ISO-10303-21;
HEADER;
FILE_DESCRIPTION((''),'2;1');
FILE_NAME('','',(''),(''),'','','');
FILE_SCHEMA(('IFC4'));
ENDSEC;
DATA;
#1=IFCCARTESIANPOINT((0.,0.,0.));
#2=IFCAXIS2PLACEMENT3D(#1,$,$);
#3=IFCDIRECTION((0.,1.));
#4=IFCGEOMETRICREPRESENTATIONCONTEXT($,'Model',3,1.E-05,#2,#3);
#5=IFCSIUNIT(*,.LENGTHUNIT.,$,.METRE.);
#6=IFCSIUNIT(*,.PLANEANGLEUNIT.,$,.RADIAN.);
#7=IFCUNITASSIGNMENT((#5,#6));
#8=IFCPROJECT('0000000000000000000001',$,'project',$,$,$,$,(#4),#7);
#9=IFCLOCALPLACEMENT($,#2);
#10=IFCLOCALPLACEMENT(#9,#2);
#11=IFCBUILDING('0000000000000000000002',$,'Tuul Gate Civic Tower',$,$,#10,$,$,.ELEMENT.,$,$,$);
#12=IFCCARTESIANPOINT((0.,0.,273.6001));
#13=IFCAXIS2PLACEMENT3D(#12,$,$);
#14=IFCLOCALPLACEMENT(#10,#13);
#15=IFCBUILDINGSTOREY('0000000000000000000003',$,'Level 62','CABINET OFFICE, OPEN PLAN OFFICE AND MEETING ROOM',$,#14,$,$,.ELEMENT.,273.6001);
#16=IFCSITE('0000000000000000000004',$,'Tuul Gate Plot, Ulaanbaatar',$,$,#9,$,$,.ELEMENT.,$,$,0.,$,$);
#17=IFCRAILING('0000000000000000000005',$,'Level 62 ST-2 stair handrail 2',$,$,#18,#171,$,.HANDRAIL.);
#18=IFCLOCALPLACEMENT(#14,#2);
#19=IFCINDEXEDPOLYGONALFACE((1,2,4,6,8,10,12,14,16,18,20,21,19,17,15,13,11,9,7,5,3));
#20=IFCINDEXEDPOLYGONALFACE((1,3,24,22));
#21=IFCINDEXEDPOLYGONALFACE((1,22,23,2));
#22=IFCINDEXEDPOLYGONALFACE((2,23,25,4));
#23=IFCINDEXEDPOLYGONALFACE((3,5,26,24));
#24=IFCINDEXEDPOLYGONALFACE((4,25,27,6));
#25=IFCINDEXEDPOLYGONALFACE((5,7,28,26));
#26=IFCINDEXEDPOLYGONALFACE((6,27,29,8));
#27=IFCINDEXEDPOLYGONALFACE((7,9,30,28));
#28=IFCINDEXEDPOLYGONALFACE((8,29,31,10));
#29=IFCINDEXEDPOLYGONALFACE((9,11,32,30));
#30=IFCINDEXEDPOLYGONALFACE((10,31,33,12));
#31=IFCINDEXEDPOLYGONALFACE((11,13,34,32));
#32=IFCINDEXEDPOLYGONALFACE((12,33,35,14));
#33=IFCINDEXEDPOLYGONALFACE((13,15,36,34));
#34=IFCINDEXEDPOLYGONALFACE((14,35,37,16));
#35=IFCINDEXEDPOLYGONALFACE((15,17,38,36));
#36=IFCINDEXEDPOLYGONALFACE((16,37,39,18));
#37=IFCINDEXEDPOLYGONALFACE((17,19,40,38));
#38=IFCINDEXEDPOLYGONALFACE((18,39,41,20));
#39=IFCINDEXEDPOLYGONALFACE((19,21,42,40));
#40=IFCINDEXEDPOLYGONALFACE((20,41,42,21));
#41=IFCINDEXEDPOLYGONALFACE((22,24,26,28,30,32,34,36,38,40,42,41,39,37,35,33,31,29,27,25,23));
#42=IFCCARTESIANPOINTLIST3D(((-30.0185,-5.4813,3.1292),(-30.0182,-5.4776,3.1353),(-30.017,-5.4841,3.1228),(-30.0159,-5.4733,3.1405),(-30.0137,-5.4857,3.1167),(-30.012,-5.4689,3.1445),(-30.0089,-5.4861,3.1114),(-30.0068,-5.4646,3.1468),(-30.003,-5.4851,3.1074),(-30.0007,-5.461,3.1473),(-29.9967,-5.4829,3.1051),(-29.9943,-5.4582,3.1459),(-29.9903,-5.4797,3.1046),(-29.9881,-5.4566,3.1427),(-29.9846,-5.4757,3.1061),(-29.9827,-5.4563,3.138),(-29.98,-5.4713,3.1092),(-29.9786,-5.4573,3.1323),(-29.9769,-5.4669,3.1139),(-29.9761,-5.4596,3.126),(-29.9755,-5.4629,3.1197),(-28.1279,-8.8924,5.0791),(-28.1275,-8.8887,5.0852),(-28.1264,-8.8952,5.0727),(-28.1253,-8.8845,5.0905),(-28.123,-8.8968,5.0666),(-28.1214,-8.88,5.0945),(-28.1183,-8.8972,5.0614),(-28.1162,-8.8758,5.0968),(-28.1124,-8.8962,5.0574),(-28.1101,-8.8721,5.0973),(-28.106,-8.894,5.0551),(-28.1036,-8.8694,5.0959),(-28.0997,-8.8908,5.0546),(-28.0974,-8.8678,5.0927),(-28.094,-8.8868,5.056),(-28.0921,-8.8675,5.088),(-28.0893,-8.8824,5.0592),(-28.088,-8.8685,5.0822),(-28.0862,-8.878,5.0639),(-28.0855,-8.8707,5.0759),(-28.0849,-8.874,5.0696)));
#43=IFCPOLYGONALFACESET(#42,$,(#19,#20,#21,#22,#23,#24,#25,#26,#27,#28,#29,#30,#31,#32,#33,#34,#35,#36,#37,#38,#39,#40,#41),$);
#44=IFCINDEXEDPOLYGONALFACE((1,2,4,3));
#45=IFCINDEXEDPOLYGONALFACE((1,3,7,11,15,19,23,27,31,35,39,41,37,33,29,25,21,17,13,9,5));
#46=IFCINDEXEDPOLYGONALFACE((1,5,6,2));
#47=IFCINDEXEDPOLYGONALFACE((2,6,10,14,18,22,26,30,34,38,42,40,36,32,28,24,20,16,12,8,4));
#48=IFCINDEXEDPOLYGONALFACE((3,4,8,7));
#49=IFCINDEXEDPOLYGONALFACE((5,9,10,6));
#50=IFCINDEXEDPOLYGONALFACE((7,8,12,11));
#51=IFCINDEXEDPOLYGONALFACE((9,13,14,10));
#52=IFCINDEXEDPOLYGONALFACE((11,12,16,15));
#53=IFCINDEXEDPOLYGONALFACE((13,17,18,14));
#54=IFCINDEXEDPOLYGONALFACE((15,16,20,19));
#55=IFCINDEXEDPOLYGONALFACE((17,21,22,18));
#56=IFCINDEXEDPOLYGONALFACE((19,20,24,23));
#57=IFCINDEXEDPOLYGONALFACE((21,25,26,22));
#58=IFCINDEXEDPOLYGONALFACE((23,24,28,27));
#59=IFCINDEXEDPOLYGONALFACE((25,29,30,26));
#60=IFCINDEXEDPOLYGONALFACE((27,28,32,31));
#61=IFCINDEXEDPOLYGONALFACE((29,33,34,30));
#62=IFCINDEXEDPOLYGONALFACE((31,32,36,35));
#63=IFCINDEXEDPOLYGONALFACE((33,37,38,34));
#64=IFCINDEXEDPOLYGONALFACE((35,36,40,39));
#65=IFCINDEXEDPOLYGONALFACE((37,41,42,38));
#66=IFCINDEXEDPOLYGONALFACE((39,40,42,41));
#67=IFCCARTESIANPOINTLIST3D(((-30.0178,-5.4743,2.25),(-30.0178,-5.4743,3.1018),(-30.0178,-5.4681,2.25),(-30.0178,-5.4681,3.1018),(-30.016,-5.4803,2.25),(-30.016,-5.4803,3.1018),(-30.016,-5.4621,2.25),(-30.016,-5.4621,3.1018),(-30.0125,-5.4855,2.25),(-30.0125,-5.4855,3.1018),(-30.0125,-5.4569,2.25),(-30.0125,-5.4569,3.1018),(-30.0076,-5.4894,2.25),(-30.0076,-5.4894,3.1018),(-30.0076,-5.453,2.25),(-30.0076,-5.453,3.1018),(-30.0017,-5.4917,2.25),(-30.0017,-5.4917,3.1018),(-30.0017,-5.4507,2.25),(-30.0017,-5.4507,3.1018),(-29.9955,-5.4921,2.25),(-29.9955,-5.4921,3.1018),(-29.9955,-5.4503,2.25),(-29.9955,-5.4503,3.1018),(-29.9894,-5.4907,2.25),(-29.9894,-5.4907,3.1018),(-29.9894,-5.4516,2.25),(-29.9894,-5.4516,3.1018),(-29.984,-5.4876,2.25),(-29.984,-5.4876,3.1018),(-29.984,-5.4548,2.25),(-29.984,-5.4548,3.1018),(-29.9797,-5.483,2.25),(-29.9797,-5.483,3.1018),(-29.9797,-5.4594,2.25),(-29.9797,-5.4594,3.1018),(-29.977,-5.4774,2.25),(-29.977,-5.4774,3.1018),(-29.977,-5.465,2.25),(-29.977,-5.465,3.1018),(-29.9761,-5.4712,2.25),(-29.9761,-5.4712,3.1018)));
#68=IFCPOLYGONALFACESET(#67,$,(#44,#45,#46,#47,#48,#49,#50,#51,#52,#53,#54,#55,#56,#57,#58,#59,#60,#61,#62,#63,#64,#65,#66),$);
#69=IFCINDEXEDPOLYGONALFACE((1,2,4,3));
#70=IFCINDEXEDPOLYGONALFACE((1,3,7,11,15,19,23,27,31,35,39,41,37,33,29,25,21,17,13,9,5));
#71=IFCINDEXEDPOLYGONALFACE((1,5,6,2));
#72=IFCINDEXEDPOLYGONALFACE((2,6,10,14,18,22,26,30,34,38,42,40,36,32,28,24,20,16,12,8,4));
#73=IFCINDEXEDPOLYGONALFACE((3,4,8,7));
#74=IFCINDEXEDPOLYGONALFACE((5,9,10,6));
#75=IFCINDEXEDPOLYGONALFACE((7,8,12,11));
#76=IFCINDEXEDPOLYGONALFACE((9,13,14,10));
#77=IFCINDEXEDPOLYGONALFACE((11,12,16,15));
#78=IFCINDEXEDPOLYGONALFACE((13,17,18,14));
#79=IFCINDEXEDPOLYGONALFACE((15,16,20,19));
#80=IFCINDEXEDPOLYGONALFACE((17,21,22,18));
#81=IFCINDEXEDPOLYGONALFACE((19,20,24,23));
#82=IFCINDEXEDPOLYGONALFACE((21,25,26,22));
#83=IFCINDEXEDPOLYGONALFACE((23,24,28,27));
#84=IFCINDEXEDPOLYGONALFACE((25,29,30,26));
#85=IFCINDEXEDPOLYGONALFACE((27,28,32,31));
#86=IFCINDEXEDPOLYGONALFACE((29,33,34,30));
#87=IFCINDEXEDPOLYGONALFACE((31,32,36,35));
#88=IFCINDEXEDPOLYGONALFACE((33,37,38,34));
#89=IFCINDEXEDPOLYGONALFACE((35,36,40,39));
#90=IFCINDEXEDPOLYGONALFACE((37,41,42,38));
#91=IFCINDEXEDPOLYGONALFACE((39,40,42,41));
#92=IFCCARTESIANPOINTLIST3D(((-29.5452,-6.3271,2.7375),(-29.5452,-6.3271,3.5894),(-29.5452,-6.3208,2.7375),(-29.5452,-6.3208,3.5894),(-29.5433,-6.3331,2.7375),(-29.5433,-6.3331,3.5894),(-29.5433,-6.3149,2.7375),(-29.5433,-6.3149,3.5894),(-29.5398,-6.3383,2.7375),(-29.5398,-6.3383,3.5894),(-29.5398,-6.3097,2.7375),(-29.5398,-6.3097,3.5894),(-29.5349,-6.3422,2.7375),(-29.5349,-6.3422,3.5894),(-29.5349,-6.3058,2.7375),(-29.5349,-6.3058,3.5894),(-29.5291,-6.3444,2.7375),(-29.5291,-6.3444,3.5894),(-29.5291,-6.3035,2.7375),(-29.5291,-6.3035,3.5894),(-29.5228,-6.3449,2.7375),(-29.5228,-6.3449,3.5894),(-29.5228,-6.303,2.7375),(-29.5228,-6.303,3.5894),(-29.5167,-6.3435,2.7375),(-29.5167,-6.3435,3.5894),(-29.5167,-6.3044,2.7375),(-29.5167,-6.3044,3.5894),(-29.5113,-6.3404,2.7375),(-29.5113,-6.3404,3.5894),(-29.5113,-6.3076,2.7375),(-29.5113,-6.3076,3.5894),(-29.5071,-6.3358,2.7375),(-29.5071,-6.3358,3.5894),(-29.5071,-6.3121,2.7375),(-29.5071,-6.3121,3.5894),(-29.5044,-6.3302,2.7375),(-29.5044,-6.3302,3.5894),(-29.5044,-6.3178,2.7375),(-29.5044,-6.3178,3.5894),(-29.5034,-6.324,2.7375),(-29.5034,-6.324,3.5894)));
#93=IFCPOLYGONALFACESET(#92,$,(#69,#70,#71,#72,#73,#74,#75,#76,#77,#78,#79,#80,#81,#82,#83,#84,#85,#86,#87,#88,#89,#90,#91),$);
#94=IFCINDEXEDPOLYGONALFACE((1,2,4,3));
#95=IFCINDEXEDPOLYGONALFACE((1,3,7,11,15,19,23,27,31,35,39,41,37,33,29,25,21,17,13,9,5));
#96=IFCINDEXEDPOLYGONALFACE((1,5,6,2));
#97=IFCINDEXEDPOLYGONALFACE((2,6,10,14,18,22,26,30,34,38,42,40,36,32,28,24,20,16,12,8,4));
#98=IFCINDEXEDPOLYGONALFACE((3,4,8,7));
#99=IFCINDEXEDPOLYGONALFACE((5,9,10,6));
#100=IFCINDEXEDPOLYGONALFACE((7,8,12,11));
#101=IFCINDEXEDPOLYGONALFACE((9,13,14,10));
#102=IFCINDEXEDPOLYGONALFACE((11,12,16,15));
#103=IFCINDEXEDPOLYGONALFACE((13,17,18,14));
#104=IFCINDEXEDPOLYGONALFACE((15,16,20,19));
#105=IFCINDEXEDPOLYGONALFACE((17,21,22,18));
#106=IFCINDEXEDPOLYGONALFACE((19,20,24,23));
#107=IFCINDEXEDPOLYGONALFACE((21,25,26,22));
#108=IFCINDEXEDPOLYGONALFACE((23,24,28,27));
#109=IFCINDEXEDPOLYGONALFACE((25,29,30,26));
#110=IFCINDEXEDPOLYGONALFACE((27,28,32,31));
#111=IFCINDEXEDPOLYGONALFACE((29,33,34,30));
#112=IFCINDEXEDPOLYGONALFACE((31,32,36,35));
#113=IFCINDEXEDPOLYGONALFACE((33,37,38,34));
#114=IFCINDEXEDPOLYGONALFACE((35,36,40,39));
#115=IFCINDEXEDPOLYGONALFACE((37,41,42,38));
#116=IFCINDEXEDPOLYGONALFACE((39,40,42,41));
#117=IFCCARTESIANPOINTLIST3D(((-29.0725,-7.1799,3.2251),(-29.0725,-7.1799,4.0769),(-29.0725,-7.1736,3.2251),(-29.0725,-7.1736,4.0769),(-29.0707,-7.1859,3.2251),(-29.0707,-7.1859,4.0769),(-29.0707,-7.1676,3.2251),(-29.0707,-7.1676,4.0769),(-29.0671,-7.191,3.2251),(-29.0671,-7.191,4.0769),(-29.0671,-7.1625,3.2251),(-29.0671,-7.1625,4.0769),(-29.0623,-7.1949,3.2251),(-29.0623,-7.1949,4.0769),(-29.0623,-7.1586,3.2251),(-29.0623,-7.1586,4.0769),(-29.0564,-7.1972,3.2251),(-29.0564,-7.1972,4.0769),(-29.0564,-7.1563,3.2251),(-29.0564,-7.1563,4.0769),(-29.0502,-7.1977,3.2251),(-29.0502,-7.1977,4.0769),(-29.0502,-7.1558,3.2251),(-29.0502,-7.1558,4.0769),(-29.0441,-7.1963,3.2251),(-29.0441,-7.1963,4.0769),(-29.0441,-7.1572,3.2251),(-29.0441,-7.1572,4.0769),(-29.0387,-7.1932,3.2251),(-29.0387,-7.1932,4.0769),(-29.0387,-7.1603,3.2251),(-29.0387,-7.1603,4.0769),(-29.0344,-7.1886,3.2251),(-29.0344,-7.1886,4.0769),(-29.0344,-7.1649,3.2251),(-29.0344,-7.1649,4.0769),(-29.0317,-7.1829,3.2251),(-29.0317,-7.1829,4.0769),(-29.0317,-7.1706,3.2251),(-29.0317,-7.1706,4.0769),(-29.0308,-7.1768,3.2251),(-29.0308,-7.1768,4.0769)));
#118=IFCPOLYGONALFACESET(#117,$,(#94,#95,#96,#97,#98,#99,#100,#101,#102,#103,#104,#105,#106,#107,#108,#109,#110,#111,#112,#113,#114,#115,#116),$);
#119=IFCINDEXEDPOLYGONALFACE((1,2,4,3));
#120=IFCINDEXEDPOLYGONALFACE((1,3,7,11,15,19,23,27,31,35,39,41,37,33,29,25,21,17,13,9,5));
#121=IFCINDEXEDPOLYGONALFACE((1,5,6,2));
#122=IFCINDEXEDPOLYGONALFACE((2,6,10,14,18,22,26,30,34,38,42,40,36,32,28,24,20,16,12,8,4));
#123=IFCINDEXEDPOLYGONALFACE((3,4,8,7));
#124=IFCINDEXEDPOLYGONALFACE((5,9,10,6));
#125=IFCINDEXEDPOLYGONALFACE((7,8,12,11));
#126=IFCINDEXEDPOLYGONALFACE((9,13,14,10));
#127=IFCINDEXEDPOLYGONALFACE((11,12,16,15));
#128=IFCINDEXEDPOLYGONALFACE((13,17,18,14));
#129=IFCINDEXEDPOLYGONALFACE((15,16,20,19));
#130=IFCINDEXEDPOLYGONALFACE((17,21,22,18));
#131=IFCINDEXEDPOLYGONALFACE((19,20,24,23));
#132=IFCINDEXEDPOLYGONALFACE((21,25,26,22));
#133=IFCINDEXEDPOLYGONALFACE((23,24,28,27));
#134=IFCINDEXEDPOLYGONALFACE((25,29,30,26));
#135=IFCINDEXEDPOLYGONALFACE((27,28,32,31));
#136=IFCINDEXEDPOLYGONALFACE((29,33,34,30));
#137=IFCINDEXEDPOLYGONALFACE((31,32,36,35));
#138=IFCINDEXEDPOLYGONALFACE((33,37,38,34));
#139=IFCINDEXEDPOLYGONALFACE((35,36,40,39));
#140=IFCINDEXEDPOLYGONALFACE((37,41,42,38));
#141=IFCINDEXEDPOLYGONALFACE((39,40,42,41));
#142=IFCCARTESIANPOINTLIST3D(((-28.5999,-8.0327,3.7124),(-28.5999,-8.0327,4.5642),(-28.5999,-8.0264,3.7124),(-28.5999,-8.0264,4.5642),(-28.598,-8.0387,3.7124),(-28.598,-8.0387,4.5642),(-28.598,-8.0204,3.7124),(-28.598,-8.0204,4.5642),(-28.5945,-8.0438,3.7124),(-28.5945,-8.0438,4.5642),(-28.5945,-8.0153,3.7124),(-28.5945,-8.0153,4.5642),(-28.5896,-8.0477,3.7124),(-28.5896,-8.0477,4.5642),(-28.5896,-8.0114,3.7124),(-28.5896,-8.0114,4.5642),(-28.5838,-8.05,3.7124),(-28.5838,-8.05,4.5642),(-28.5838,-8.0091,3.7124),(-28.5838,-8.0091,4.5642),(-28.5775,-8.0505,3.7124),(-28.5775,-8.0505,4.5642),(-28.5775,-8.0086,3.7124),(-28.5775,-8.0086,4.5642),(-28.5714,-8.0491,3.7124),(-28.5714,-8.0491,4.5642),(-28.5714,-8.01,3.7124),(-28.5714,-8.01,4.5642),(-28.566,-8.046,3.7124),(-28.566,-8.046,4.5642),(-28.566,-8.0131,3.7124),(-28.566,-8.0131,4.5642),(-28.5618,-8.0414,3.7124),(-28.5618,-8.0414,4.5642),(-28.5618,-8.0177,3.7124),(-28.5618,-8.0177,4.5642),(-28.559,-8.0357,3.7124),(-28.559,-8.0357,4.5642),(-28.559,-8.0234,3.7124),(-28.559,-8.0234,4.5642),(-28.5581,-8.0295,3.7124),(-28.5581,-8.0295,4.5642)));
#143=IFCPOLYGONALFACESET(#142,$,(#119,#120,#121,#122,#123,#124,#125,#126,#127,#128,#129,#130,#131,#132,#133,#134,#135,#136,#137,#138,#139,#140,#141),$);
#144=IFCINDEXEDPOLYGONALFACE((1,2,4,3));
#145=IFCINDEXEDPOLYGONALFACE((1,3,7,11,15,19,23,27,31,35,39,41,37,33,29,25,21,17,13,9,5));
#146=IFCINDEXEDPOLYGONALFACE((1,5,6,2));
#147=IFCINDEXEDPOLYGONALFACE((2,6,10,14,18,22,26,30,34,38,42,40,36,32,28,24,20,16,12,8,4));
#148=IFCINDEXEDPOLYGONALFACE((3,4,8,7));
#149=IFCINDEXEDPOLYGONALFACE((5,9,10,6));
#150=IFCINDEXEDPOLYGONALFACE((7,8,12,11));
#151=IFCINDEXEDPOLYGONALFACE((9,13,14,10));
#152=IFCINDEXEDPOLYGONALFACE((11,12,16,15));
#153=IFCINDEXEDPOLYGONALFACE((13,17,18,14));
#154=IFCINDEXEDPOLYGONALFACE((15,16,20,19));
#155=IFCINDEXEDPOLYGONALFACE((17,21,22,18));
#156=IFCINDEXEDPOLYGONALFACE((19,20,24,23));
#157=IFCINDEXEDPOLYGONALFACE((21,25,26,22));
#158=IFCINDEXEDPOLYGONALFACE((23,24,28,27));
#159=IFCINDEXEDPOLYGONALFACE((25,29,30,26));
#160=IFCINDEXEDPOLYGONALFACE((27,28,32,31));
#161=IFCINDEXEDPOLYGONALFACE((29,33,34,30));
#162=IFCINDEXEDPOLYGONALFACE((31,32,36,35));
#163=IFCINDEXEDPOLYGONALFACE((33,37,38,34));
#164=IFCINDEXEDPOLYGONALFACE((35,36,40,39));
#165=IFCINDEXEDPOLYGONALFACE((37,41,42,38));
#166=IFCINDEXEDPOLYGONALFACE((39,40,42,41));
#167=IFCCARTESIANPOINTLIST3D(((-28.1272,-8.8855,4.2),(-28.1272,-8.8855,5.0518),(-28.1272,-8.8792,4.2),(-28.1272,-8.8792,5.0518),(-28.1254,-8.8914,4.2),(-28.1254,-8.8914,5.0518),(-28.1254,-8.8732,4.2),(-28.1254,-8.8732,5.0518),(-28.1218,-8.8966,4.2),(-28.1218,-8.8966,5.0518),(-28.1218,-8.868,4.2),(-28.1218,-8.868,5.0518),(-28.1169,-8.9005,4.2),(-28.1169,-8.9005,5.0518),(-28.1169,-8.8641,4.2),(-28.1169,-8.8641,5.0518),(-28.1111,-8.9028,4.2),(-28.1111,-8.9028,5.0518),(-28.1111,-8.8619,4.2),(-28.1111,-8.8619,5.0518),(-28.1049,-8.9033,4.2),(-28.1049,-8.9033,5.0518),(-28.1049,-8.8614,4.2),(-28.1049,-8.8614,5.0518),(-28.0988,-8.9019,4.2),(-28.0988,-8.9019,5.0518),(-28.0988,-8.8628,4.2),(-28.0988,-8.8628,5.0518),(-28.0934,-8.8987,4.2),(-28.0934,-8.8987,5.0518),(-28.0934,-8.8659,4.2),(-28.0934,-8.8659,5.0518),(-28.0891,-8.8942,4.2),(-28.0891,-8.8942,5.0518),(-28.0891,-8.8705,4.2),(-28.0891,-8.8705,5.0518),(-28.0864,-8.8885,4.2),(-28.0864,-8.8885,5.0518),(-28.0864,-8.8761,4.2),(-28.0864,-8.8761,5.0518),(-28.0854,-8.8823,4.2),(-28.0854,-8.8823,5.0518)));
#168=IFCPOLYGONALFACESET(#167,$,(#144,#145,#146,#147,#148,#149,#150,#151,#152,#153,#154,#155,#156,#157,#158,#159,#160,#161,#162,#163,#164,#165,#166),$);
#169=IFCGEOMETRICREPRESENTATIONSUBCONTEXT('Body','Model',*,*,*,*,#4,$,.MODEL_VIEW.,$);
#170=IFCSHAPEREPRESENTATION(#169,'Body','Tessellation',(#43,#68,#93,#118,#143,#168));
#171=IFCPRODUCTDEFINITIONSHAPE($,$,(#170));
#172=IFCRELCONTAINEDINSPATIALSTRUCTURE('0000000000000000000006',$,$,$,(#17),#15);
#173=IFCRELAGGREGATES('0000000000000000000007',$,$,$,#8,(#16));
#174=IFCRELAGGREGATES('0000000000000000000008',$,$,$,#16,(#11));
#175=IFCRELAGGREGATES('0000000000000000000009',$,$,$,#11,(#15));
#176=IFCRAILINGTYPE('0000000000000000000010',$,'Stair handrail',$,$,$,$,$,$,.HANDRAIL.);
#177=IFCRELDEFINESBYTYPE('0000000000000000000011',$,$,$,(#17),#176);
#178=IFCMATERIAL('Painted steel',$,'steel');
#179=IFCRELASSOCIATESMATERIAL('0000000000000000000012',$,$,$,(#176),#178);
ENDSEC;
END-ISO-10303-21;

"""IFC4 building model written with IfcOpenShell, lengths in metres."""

from ifc_helpers import new_model, si_unit, direction, frame, origin, origin_2d, place, context, subcontext, project, spatial, circle, extrude, material, type_object, element, save


model = new_model("IFC4")

# Units and contexts
model_context = context("Model", 3, precision=1e-05, world=origin(), true_north=direction((0.0, 1.0)))
body_context = subcontext(model_context, "Body", "Model", "MODEL_VIEW")
ifc_project = project(units=[si_unit("LENGTHUNIT", "METRE"), si_unit("PLANEANGLEUNIT", "RADIAN")], contexts=[model_context])

# Site, building, storey
site_placement = place(None, origin())
site = spatial("IfcSite", under=ifc_project, at=site_placement, Name="Tuul Gate Plot, Ulaanbaatar", CompositionType="ELEMENT", RefElevation=0.0)
building_placement = place(site_placement, origin())
building = spatial("IfcBuilding", under=site, at=building_placement, Name="Tuul Gate Civic Tower", CompositionType="ELEMENT")
storey_placement = place(building_placement, frame((0.0, 0.0, 273.6001)))
storey = spatial("IfcBuildingStorey", under=building, at=storey_placement, Name="Level 62", Description="CABINET OFFICE, OPEN PLAN OFFICE AND MEETING ROOM", CompositionType="ELEMENT", Elevation=273.6001)

# Railing
ifc_material_1 = material(Name="Painted steel", Category="steel")
railing_type = type_object("IfcRailingType", Name="Stair handrail", PredefinedType="HANDRAIL", material=ifc_material_1)
railing_placement = place(storey_placement, frame((-29.9971, -5.4712, 2.25)))
element("IfcRailing", 1, at=railing_placement, inside=storey, type_object=railing_type, Name="Level 62 ST-2 stair handrail 2", PredefinedType="HANDRAIL", context=body_context, shape_type="SweptSolid", body=[
    extrude(circle(Radius=0.0239, at=origin_2d()), frame((0.0, 0.0, 0.876), z_axis=(0.433595, -0.782308, 0.447201), x_axis=(0.874641, 0.484771, 0.0)), (0.0, 0.0, 1.0), 4.3604),
    extrude(circle(Radius=0.021, at=origin_2d()), origin(), (0.0, 0.0, 1.0), 0.8518),
    extrude(circle(Radius=0.021, at=origin_2d()), frame((0.4727, -0.8528, 0.4875)), (0.0, 0.0, 1.0), 0.8518),
    extrude(circle(Radius=0.021, at=origin_2d()), frame((0.9453, -1.7056, 0.9751)), (0.0, 0.0, 1.0), 0.8518),
    extrude(circle(Radius=0.021, at=origin_2d()), frame((1.418, -2.5583, 1.4624)), (0.0, 0.0, 1.0), 0.8518),
    extrude(circle(Radius=0.021, at=origin_2d()), frame((1.8906, -3.4111, 1.95)), (0.0, 0.0, 1.0), 0.8518),
])

save(model, "model.ifc")
